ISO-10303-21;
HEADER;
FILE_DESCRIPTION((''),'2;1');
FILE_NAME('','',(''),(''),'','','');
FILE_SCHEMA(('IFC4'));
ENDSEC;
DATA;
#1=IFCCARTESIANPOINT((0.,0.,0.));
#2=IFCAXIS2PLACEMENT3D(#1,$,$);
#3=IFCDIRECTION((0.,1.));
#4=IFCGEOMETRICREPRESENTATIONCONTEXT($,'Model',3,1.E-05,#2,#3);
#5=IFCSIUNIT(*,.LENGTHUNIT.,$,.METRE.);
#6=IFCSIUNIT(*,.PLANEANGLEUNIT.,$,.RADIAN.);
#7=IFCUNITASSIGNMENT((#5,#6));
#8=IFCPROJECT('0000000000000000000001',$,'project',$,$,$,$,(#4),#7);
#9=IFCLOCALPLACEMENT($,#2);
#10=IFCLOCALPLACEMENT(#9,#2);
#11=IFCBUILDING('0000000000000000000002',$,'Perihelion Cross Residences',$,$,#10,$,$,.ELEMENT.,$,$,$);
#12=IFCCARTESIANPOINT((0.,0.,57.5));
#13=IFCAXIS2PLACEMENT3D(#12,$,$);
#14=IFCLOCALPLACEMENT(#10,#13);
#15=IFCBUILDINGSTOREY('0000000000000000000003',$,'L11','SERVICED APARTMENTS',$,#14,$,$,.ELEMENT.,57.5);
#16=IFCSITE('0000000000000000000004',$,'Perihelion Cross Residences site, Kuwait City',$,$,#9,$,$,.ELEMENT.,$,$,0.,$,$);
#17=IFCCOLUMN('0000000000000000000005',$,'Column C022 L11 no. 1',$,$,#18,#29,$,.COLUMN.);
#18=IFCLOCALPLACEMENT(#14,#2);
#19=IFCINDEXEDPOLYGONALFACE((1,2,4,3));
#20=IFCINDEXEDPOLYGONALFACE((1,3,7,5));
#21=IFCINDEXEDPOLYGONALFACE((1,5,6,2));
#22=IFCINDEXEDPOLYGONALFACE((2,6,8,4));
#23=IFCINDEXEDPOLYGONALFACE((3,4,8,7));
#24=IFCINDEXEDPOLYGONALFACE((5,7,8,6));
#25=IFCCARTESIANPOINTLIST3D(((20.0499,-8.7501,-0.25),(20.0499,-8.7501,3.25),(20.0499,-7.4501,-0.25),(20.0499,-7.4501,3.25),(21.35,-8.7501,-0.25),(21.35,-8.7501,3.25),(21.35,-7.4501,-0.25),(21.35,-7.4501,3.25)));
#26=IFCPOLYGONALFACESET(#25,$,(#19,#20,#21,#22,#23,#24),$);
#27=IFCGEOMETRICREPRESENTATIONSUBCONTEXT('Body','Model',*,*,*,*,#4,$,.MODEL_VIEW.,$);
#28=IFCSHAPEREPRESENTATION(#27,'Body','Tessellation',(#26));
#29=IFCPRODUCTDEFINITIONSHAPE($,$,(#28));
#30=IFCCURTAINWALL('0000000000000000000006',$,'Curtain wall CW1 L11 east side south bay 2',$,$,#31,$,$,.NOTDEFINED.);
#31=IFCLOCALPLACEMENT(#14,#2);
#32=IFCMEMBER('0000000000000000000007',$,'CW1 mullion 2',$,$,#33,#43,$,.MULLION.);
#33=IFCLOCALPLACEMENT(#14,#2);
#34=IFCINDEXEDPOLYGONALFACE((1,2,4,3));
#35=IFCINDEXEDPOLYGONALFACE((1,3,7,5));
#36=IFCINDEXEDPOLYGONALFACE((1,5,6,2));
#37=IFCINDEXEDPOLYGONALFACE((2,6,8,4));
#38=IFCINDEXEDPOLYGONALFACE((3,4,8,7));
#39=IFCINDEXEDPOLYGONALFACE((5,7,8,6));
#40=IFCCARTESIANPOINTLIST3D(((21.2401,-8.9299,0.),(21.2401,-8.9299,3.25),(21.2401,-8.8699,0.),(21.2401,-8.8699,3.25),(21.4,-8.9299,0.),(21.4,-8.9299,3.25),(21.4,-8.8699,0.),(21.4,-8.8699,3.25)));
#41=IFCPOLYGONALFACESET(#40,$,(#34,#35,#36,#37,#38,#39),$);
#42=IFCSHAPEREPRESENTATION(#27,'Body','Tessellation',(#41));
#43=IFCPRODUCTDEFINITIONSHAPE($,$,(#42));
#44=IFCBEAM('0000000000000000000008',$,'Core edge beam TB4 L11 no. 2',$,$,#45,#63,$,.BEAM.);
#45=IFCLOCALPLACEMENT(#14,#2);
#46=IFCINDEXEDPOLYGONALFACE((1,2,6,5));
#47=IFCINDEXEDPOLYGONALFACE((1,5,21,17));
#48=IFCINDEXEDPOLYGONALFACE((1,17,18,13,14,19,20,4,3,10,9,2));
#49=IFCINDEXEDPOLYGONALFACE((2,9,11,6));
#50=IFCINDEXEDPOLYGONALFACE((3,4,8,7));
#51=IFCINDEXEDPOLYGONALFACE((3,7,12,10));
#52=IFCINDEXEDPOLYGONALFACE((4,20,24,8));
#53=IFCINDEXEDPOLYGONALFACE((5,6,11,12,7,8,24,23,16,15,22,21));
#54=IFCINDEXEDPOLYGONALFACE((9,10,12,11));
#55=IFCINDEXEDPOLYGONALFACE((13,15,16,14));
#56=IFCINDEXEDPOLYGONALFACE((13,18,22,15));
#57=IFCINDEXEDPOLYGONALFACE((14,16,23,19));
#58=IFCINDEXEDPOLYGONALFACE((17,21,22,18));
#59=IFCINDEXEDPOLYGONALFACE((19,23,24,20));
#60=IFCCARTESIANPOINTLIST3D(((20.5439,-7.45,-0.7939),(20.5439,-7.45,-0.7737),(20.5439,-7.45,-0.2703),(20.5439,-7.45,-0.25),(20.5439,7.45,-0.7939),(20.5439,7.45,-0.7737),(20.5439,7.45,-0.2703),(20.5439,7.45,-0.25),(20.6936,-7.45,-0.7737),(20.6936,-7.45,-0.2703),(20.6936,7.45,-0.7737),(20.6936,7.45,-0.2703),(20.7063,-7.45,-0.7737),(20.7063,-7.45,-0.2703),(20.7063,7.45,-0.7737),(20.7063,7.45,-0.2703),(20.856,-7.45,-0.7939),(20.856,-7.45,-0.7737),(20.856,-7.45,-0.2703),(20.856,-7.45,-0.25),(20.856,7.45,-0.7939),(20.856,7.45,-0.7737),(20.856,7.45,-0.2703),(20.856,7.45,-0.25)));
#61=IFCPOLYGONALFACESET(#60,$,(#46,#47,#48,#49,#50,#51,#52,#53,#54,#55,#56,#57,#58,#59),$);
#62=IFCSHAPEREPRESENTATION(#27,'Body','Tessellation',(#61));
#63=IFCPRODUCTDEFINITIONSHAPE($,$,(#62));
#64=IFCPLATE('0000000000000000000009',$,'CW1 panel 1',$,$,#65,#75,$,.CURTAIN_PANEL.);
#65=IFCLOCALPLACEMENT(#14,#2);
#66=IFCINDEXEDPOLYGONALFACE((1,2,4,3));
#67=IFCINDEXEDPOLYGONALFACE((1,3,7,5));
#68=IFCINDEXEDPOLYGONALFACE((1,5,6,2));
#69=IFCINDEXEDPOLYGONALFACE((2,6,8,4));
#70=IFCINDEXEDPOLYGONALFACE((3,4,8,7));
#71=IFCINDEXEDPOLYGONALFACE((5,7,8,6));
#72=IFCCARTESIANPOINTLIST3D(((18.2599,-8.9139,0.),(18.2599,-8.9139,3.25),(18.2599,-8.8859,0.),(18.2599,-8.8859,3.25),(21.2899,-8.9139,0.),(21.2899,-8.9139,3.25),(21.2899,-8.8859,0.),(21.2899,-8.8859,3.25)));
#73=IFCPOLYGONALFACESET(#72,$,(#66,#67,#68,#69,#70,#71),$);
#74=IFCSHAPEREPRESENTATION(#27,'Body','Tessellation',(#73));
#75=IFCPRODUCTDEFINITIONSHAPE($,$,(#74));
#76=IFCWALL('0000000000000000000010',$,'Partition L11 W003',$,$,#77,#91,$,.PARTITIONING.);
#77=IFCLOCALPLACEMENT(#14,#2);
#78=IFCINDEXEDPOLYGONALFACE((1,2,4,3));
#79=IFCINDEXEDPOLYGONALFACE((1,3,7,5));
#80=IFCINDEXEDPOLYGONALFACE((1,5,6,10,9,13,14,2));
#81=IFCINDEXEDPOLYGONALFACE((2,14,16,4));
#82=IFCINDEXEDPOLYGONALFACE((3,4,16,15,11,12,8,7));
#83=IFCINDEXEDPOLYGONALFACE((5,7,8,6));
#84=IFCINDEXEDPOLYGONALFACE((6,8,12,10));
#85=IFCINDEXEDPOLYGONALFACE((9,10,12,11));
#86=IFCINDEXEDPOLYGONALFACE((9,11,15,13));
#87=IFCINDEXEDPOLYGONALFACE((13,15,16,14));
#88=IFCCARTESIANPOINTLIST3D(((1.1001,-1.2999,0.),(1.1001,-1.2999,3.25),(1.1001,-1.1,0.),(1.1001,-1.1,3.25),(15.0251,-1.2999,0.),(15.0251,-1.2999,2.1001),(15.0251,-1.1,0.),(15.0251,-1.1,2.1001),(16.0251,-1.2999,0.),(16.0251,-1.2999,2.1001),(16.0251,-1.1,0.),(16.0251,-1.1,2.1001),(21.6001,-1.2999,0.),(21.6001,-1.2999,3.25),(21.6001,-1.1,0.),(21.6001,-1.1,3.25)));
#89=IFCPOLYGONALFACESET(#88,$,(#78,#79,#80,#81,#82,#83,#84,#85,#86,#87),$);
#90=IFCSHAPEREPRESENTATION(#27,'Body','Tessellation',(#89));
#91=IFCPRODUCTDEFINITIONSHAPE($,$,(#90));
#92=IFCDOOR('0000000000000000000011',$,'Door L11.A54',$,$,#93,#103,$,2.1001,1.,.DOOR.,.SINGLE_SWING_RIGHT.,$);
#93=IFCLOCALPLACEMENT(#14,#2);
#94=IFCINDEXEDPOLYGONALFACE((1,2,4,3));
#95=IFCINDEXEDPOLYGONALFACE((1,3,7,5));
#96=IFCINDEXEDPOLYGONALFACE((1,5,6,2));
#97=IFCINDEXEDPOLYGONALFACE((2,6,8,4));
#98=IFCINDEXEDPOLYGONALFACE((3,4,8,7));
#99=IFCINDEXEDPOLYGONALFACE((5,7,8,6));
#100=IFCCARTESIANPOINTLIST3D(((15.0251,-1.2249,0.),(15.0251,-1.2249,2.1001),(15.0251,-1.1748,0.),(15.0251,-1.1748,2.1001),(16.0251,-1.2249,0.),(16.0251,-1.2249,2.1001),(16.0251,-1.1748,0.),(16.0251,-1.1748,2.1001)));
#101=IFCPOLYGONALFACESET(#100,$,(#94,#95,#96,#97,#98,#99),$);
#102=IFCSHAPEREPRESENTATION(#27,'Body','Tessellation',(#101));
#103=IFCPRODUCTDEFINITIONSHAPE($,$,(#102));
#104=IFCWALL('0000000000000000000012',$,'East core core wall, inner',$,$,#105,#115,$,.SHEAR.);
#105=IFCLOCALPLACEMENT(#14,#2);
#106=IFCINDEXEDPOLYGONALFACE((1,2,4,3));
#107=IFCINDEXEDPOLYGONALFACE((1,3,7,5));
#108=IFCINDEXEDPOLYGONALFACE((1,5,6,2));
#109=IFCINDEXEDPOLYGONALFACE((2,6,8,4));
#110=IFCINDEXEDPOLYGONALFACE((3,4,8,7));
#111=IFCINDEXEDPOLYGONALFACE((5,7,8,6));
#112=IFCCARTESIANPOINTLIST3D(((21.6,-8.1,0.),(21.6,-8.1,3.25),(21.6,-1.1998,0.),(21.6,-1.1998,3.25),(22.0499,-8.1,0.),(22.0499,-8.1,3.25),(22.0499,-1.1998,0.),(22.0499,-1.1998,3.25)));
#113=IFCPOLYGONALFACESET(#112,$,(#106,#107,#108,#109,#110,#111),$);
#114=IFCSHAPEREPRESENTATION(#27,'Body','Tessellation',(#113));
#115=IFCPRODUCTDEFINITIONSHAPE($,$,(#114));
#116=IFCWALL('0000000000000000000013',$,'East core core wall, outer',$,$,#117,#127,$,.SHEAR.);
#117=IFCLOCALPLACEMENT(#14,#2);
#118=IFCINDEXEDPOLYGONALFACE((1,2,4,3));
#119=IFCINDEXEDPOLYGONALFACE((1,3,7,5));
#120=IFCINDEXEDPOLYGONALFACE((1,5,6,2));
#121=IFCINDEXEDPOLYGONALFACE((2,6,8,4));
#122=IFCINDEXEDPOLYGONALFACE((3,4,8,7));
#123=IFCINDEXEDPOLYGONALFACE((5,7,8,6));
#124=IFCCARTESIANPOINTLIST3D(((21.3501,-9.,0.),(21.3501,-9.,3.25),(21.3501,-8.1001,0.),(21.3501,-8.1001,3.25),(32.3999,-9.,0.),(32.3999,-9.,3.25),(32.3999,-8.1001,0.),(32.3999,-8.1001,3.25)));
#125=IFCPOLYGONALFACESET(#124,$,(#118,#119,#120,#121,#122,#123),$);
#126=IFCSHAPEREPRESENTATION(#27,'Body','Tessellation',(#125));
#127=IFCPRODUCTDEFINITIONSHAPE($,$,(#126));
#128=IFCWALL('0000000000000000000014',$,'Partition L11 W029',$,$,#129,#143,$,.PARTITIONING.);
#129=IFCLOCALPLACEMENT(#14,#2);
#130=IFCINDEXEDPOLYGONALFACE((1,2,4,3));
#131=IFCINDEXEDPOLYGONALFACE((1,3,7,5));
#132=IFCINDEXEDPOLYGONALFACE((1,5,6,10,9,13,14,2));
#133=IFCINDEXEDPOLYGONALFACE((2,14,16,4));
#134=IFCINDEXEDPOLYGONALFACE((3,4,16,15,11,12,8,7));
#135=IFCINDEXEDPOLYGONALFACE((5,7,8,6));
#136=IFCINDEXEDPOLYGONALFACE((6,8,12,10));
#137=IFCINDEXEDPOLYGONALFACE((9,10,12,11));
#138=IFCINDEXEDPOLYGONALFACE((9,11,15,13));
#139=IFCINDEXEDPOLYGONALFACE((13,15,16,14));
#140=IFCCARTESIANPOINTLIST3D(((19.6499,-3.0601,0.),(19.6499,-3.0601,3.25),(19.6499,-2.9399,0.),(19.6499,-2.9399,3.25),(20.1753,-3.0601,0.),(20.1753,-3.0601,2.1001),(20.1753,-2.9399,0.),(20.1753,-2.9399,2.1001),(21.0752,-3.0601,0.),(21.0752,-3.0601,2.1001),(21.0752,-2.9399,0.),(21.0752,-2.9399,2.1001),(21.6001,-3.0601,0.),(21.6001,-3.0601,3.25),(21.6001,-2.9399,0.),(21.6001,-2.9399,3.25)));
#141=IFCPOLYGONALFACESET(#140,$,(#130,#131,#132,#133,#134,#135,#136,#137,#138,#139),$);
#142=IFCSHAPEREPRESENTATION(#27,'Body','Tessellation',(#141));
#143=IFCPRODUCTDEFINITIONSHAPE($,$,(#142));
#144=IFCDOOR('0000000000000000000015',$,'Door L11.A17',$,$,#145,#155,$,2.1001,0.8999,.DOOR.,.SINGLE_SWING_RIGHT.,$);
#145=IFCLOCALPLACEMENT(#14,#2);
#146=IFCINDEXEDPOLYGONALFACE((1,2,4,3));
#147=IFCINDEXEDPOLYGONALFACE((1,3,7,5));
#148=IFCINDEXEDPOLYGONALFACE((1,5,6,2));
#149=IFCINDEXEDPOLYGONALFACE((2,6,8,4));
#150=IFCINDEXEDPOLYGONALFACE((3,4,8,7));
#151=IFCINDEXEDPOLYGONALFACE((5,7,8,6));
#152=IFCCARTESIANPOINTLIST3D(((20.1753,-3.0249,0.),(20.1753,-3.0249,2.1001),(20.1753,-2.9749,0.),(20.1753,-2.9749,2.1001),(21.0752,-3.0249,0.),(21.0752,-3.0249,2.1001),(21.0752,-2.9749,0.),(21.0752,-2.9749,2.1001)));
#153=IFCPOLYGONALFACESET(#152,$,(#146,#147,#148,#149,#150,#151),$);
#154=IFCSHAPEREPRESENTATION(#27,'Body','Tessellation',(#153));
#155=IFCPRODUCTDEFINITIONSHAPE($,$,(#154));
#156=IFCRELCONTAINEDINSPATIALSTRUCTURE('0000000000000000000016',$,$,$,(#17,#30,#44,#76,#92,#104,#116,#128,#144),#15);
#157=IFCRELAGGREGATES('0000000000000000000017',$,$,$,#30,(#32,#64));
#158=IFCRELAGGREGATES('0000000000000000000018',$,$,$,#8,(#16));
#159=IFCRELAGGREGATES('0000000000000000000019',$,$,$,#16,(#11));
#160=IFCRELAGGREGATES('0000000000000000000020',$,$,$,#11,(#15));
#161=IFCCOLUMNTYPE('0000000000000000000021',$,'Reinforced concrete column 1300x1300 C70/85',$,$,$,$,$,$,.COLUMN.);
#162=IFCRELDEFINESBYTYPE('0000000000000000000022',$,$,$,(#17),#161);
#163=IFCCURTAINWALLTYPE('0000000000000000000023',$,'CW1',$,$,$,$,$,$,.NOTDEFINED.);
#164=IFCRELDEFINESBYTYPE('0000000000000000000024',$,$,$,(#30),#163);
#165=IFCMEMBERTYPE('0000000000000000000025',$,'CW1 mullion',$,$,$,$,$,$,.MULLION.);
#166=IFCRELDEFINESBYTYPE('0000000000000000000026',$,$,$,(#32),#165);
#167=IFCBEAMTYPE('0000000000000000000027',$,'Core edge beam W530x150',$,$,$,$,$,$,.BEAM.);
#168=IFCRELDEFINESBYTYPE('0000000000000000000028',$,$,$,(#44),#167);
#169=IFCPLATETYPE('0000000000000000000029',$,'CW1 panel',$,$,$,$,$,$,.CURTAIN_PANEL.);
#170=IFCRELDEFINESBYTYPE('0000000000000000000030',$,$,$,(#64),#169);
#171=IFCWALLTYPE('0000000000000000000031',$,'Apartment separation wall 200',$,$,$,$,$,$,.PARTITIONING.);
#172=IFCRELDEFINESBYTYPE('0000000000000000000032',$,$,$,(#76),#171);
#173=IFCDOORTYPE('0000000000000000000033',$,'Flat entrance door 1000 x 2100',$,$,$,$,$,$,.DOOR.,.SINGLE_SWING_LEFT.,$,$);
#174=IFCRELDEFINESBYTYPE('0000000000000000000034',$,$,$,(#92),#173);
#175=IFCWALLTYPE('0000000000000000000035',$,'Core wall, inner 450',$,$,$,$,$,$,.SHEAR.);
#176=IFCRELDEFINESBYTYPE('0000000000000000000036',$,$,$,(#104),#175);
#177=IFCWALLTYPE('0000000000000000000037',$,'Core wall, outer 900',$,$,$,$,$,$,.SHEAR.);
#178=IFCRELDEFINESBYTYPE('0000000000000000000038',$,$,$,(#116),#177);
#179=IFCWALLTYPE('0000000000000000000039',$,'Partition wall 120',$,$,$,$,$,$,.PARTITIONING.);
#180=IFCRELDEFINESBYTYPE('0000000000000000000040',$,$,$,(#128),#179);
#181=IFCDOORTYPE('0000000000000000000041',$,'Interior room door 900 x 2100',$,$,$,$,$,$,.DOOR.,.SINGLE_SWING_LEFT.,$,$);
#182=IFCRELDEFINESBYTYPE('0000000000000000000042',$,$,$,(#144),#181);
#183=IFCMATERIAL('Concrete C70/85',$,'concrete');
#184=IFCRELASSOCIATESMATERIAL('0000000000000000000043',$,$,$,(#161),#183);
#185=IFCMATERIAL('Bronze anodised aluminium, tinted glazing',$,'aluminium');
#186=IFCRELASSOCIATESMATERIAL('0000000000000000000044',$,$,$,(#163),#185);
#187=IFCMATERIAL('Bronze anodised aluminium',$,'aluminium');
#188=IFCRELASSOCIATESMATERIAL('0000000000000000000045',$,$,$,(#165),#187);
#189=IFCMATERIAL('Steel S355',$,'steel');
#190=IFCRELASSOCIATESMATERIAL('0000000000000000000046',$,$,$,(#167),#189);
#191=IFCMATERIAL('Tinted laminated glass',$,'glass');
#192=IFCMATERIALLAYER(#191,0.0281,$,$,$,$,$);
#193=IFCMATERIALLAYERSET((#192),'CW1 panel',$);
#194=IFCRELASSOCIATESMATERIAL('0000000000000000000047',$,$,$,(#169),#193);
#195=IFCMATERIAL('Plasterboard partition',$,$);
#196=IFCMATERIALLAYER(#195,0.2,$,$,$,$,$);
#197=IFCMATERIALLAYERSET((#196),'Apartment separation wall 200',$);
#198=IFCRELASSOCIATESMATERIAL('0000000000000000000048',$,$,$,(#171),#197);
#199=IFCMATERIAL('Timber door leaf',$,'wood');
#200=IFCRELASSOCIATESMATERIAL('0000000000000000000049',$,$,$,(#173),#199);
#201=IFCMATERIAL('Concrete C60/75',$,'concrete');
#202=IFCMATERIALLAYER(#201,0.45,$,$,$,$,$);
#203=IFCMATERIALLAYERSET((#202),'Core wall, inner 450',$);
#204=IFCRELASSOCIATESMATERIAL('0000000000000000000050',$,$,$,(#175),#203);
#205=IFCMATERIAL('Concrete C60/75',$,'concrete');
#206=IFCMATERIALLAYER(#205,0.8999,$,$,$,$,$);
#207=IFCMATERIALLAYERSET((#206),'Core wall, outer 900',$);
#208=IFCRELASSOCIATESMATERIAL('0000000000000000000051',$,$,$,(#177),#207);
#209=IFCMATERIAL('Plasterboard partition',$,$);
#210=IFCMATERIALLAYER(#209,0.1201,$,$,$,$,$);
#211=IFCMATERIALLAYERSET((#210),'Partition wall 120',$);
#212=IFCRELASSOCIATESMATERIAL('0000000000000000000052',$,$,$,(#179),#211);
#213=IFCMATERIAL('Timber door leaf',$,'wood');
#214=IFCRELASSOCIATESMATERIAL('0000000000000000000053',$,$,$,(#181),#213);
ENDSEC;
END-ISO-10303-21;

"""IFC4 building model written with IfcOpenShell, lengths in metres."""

from ifc_helpers import new_model, si_unit, direction, frame, frame_2d, origin, origin_2d, place, context, subcontext, project, spatial, rectangle, i_section, extrude, material, layer, layer_set, material_profile, profile_set, type_object, element, fill, aggregate, save


model = new_model("IFC4")

# Units and contexts
model_context = context("Model", 3, precision=1e-05, world=origin(), true_north=direction((0.0, 1.0)))
body_context = subcontext(model_context, "Body", "Model", "MODEL_VIEW")
ifc_project = project(units=[si_unit("LENGTHUNIT", "METRE"), si_unit("PLANEANGLEUNIT", "RADIAN")], contexts=[model_context])

# Site, building, storey
site_placement = place(None, origin())
site = spatial("IfcSite", under=ifc_project, at=site_placement, Name="Perihelion Cross Residences site, Kuwait City", CompositionType="ELEMENT", RefElevation=0.0)
building_placement = place(site_placement, origin())
building = spatial("IfcBuilding", under=site, at=building_placement, Name="Perihelion Cross Residences", CompositionType="ELEMENT")
storey_placement = place(building_placement, frame((0.0, 0.0, 57.5)))
storey = spatial("IfcBuildingStorey", under=building, at=storey_placement, Name="L11", Description="SERVICED APARTMENTS", CompositionType="ELEMENT", Elevation=57.5)

# Column
ifc_material_1 = material(Name="Concrete C70/85", Category="concrete")
ifc_material_profile_1 = material_profile(ifc_material_1, rectangle(XDim=1.3, YDim=1.3, at=origin_2d()), Name="RC 1300x1300")
ifc_profile_set_1 = profile_set([ifc_material_profile_1], Name="Concrete C70/85")
column_type = type_object("IfcColumnType", Name="Reinforced concrete column 1300x1300 C70/85", PredefinedType="COLUMN", material=ifc_profile_set_1)
column_placement = place(storey_placement, frame((20.7, -8.1001, -0.25), z_axis=(0.0, 0.0, 1.0), x_axis=(1.0, 0.0, 0.0)))
element("IfcColumn", 1, at=column_placement, inside=storey, type_object=column_type, Name="Column C022 L11 no. 1", PredefinedType="COLUMN", context=body_context, shape_type="SweptSolid", body=[
    extrude(rectangle(XDim=1.3, YDim=1.3, at=origin_2d()), origin(), (0.0, 0.0, 1.0), 3.5),
])

# Curtain wall, member
ifc_material_2 = material(Name="Bronze anodised aluminium, tinted glazing", Category="aluminium")
curtain_wall_type = type_object("IfcCurtainWallType", Name="CW1", PredefinedType="NOTDEFINED", material=ifc_material_2)
curtain_wall_placement = place(storey_placement, origin())
curtain_wall = element("IfcCurtainWall", 2, at=curtain_wall_placement, inside=storey, type_object=curtain_wall_type, Name="Curtain wall CW1 L11 east side south bay 2", PredefinedType="NOTDEFINED")
ifc_material_3 = material(Name="Bronze anodised aluminium", Category="aluminium")
ifc_material_profile_2 = material_profile(ifc_material_3, rectangle(XDim=0.0601, YDim=0.1599, at=origin_2d()), Name="CW1 mullion")
ifc_profile_set_2 = profile_set([ifc_material_profile_2], Name="Bronze anodised aluminium")
member_type = type_object("IfcMemberType", Name="CW1 mullion", PredefinedType="MULLION", material=ifc_profile_set_2)
member_placement = place(storey_placement, frame((21.3201, -8.8999, 0.0), z_axis=(0.0, 0.0, 1.0), x_axis=(0.0, 1.0, 0.0)))
member = element("IfcMember", 3, at=member_placement, type_object=member_type, Name="CW1 mullion 2", PredefinedType="MULLION", context=body_context, shape_type="SweptSolid", body=[
    extrude(rectangle(XDim=0.0601, YDim=0.1599, at=origin_2d()), origin(), (0.0, 0.0, 1.0), 3.25),
])

# Beam
ifc_material_4 = material(Name="Steel S355", Category="steel")
ifc_material_profile_3 = material_profile(ifc_material_4, i_section(OverallWidth=0.312, OverallDepth=0.5439, WebThickness=0.0127, FlangeThickness=0.0203, at=origin_2d()), Name="W530x150")
ifc_profile_set_3 = profile_set([ifc_material_profile_3], Name="Steel S355")
beam_type = type_object("IfcBeamType", Name="Core edge beam W530x150", PredefinedType="BEAM", material=ifc_profile_set_3)
beam_placement = place(storey_placement, frame((20.7, -7.45, -0.522), z_axis=(0.0, 1.0, 0.0), x_axis=(-1.0, 0.0, 0.0)))
element("IfcBeam", 4, at=beam_placement, inside=storey, type_object=beam_type, Name="Core edge beam TB4 L11 no. 2", PredefinedType="BEAM", context=body_context, shape_type="SweptSolid", body=[
    extrude(i_section(OverallWidth=0.312, OverallDepth=0.5439, WebThickness=0.0127, FlangeThickness=0.0203, at=origin_2d()), origin(), (0.0, 0.0, 1.0), 14.8999),
])

# Plate
ifc_material_5 = material(Name="Tinted laminated glass", Category="glass")
ifc_layer_1 = layer(ifc_material_5, 0.0281)
ifc_layer_set_1 = layer_set([ifc_layer_1], Name="CW1 panel")
plate_type = type_object("IfcPlateType", Name="CW1 panel", PredefinedType="CURTAIN_PANEL", material=ifc_layer_set_1)
plate_placement = place(storey_placement, frame((19.7749, -8.8999, 0.0), z_axis=(0.0, 0.0, 1.0), x_axis=(1.0, 0.0, 0.0)))
plate = element("IfcPlate", 5, at=plate_placement, type_object=plate_type, Name="CW1 panel 1", PredefinedType="CURTAIN_PANEL", context=body_context, shape_type="SweptSolid", body=[
    extrude(rectangle(XDim=3.03, YDim=0.0281, at=origin_2d()), origin(), (0.0, 0.0, 1.0), 3.25),
])
aggregate(curtain_wall, [member, plate])

# Wall, opening, door
ifc_material_6 = material(Name="Plasterboard partition")
ifc_layer_2 = layer(ifc_material_6, 0.2)
ifc_layer_set_2 = layer_set([ifc_layer_2], Name="Apartment separation wall 200")
wall_type_1 = type_object("IfcWallType", Name="Apartment separation wall 200", PredefinedType="PARTITIONING", material=ifc_layer_set_2)
wall_1_placement = place(storey_placement, frame((21.6001, -1.2, 0.0), z_axis=(0.0, 0.0, 1.0), x_axis=(-1.0, 0.0, 0.0)))
wall_1 = element("IfcWall", 6, at=wall_1_placement, inside=storey, type_object=wall_type_1, Name="Partition L11 W003", PredefinedType="PARTITIONING", context=body_context, shape_type="SweptSolid", body=[
    extrude(rectangle(XDim=20.5, YDim=0.2, at=frame_2d((10.25, 0.0))), origin(), (0.0, 0.0, 1.0), 3.25),
])
opening_1_placement = place(wall_1_placement, frame((5.575, 0.0, 0.0)))
opening_1 = element("IfcOpeningElement", 7, at=opening_1_placement, cuts=wall_1, PredefinedType="OPENING", context=body_context, shape_type="SweptSolid", body=[
    extrude(rectangle(XDim=1.0, YDim=2.1001, at=frame_2d((0.5, 1.05))), frame((0.0, 0.1099, 0.0), z_axis=(0.0, -1.0, 0.0), x_axis=(1.0, 0.0, 0.0)), (0.0, 0.0, 1.0), 0.22),
])
ifc_material_7 = material(Name="Timber door leaf", Category="wood")
door_type_1 = type_object("IfcDoorType", Name="Flat entrance door 1000 x 2100", OperationType="SINGLE_SWING_LEFT", PredefinedType="DOOR", material=ifc_material_7)
door_1_placement = place(opening_1_placement, origin())
door_1 = element("IfcDoor", 8, at=door_1_placement, inside=storey, type_object=door_type_1, Name="Door L11.A54", OperationType="SINGLE_SWING_RIGHT", OverallHeight=2.1001, OverallWidth=1.0, PredefinedType="DOOR", context=body_context, shape_type="SweptSolid", body=[
    extrude(rectangle(XDim=1.0, YDim=2.1001, at=frame_2d((0.5, 1.05))), frame((0.0, 0.0249, 0.0), z_axis=(0.0, -1.0, 0.0), x_axis=(1.0, 0.0, 0.0)), (0.0, 0.0, 1.0), 0.05),
])
fill(opening_1, door_1)

# Walls
ifc_material_8 = material(Name="Concrete C60/75", Category="concrete")
ifc_layer_3 = layer(ifc_material_8, 0.45)
ifc_layer_set_3 = layer_set([ifc_layer_3], Name="Core wall, inner 450")
wall_type_2 = type_object("IfcWallType", Name="Core wall, inner 450", PredefinedType="SHEAR", material=ifc_layer_set_3)
wall_2_placement = place(storey_placement, frame((21.825, -8.1001, 0.0), z_axis=(0.0, 0.0, 1.0), x_axis=(0.0, 1.0, 0.0)))
element("IfcWall", 9, at=wall_2_placement, inside=storey, type_object=wall_type_2, Name="East core core wall, inner", PredefinedType="SHEAR", context=body_context, shape_type="SweptSolid", body=[
    extrude(rectangle(XDim=6.9001, YDim=0.45, at=frame_2d((3.4502, 0.0))), origin(), (0.0, 0.0, 1.0), 3.25),
])
ifc_material_9 = material(Name="Concrete C60/75", Category="concrete")
ifc_layer_4 = layer(ifc_material_9, 0.8999)
ifc_layer_set_4 = layer_set([ifc_layer_4], Name="Core wall, outer 900")
wall_type_3 = type_object("IfcWallType", Name="Core wall, outer 900", PredefinedType="SHEAR", material=ifc_layer_set_4)
wall_3_placement = place(storey_placement, frame((21.3501, -8.55, 0.0), z_axis=(0.0, 0.0, 1.0), x_axis=(1.0, 0.0, 0.0)))
element("IfcWall", 10, at=wall_3_placement, inside=storey, type_object=wall_type_3, Name="East core core wall, outer", PredefinedType="SHEAR", context=body_context, shape_type="SweptSolid", body=[
    extrude(rectangle(XDim=11.0498, YDim=0.8999, at=frame_2d((5.5249, 0.0))), origin(), (0.0, 0.0, 1.0), 3.25),
])

# Wall, opening, door
ifc_material_10 = material(Name="Plasterboard partition")
ifc_layer_5 = layer(ifc_material_10, 0.1201)
ifc_layer_set_5 = layer_set([ifc_layer_5], Name="Partition wall 120")
wall_type_4 = type_object("IfcWallType", Name="Partition wall 120", PredefinedType="PARTITIONING", material=ifc_layer_set_5)
wall_4_placement = place(storey_placement, frame((21.6001, -3.0, 0.0), z_axis=(0.0, 0.0, 1.0), x_axis=(-1.0, 0.0, 0.0)))
wall_4 = element("IfcWall", 11, at=wall_4_placement, inside=storey, type_object=wall_type_4, Name="Partition L11 W029", PredefinedType="PARTITIONING", context=body_context, shape_type="SweptSolid", body=[
    extrude(rectangle(XDim=1.9502, YDim=0.1201, at=frame_2d((0.9751, 0.0))), origin(), (0.0, 0.0, 1.0), 3.25),
])
opening_2_placement = place(wall_4_placement, frame((0.5249, 0.0, 0.0)))
opening_2 = element("IfcOpeningElement", 12, at=opening_2_placement, cuts=wall_4, PredefinedType="OPENING", context=body_context, shape_type="SweptSolid", body=[
    extrude(rectangle(XDim=0.8999, YDim=2.1001, at=frame_2d((0.45, 1.05))), frame((0.0, 0.0701, 0.0), z_axis=(0.0, -1.0, 0.0), x_axis=(1.0, 0.0, 0.0)), (0.0, 0.0, 1.0), 0.1401),
])
ifc_material_11 = material(Name="Timber door leaf", Category="wood")
door_type_2 = type_object("IfcDoorType", Name="Interior room door 900 x 2100", OperationType="SINGLE_SWING_LEFT", PredefinedType="DOOR", material=ifc_material_11)
door_2_placement = place(opening_2_placement, origin())
door_2 = element("IfcDoor", 13, at=door_2_placement, inside=storey, type_object=door_type_2, Name="Door L11.A17", OperationType="SINGLE_SWING_RIGHT", OverallHeight=2.1001, OverallWidth=0.8999, PredefinedType="DOOR", context=body_context, shape_type="SweptSolid", body=[
    extrude(rectangle(XDim=0.8999, YDim=2.1001, at=frame_2d((0.45, 1.05))), frame((0.0, 0.0249, 0.0), z_axis=(0.0, -1.0, 0.0), x_axis=(1.0, 0.0, 0.0)), (0.0, 0.0, 1.0), 0.05),
])
fill(opening_2, door_2)

save(model, "model.ifc")
